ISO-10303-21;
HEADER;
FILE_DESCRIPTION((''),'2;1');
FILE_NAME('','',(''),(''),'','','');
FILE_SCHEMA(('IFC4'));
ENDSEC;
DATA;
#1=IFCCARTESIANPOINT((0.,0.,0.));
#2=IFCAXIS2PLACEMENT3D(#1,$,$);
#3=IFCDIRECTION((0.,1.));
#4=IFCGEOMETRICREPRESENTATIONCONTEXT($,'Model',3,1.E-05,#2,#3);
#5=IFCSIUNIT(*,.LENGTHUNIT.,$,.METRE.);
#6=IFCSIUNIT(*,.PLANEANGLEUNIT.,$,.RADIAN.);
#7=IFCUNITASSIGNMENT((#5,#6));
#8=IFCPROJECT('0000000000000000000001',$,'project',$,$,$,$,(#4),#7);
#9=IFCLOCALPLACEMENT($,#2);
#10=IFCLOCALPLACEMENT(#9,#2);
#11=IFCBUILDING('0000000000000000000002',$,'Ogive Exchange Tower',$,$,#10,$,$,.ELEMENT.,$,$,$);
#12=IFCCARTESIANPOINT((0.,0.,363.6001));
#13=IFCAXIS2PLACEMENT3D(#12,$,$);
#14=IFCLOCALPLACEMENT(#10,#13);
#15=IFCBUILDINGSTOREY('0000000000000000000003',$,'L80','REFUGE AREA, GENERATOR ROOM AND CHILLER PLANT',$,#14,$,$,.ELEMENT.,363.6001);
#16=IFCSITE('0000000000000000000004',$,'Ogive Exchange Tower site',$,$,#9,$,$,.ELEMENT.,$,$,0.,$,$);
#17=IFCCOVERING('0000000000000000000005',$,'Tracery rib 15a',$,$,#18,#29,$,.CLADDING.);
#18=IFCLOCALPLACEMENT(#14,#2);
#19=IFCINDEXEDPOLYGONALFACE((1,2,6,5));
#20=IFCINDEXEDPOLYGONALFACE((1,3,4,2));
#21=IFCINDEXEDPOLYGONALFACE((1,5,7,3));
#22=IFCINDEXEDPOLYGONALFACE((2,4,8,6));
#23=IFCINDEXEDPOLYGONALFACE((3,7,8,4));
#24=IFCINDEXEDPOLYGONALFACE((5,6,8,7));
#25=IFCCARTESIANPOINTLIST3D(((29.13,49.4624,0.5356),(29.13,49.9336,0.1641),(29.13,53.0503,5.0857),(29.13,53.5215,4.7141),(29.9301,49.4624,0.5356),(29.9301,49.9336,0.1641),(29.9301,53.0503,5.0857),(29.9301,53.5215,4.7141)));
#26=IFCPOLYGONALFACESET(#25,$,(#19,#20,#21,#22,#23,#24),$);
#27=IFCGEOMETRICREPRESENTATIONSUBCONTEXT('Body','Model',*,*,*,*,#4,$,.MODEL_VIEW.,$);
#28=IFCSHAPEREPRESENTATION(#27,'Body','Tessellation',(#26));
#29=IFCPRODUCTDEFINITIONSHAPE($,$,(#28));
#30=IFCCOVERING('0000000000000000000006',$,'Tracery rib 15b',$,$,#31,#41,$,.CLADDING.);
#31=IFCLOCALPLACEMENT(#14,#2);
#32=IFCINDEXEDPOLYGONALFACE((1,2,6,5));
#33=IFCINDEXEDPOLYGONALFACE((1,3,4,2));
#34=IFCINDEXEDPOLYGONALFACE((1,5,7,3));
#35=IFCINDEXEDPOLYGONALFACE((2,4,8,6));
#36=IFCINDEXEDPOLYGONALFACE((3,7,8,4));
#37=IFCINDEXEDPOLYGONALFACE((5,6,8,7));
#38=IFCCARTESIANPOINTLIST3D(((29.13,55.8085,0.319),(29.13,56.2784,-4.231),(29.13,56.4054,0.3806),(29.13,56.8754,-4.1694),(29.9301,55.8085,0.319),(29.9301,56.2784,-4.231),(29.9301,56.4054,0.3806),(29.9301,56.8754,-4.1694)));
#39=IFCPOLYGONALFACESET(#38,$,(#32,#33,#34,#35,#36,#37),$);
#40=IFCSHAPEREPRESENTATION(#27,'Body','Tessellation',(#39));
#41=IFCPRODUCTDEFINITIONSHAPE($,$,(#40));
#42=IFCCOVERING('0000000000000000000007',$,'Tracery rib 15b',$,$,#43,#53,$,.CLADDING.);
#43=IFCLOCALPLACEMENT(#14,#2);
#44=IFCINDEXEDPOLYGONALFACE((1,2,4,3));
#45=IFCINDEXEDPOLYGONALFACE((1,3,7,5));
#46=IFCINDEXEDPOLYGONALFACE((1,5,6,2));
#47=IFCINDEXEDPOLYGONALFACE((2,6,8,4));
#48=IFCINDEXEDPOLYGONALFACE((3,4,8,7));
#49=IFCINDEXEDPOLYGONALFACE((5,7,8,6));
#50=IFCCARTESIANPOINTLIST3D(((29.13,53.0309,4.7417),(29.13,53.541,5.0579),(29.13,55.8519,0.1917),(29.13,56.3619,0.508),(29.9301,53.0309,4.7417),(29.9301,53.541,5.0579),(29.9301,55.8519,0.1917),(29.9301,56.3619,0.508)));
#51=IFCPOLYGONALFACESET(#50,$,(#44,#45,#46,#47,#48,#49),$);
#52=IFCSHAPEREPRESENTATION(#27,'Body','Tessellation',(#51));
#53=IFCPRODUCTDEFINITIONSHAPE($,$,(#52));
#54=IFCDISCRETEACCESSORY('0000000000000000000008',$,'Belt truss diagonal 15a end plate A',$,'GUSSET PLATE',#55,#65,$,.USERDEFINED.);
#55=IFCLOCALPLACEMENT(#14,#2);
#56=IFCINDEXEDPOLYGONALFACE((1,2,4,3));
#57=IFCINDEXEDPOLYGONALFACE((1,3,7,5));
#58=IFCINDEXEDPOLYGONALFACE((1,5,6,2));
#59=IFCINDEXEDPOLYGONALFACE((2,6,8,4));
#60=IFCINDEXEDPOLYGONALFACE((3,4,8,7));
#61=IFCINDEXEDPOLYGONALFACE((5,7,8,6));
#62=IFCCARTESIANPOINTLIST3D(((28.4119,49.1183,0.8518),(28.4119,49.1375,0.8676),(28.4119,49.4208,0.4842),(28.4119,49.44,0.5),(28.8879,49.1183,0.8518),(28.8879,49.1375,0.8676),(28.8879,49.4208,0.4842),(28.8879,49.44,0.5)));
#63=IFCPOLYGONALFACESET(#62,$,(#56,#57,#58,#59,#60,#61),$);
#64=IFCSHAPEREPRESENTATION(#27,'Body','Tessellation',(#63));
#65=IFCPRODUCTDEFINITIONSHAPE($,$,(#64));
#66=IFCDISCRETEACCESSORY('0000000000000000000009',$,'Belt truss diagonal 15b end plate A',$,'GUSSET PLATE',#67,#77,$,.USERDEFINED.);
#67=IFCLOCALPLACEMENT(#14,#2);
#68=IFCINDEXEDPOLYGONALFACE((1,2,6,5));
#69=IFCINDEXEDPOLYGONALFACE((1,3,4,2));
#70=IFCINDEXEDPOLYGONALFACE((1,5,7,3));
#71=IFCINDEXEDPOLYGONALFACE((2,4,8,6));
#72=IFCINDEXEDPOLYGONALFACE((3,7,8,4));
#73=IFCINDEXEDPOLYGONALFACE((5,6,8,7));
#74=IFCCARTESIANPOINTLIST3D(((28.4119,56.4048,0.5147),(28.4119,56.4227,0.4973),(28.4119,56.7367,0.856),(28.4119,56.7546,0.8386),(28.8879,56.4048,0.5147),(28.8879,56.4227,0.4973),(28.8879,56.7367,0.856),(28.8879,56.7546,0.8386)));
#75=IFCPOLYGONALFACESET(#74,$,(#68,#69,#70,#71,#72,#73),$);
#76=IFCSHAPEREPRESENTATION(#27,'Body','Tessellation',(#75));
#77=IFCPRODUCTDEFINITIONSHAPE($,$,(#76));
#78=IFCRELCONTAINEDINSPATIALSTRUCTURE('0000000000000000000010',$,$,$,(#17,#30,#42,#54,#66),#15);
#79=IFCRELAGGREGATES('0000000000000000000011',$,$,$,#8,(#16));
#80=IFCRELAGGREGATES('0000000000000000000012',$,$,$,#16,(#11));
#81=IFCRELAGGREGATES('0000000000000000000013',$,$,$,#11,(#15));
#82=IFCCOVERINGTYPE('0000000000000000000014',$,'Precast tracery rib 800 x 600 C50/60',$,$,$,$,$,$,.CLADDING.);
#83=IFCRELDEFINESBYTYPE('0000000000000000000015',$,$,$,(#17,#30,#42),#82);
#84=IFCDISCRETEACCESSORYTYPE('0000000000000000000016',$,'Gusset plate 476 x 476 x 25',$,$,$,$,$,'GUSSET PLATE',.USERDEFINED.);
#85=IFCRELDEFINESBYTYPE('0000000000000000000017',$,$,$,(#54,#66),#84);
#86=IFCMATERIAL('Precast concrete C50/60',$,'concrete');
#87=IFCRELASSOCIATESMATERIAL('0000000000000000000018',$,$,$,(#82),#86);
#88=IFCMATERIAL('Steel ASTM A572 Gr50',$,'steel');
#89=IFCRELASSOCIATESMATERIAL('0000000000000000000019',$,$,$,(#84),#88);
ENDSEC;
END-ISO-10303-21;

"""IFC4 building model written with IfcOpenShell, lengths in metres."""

from ifc_helpers import new_model, si_unit, direction, frame, origin, origin_2d, place, context, subcontext, project, spatial, rectangle, extrude, material, material_profile, profile_set, type_object, element, save


model = new_model("IFC4")

# Units and contexts
model_context = context("Model", 3, precision=1e-05, world=origin(), true_north=direction((0.0, 1.0)))
body_context = subcontext(model_context, "Body", "Model", "MODEL_VIEW")
ifc_project = project(units=[si_unit("LENGTHUNIT", "METRE"), si_unit("PLANEANGLEUNIT", "RADIAN")], contexts=[model_context])

# Site, building, storey
site_placement = place(None, origin())
site = spatial("IfcSite", under=ifc_project, at=site_placement, Name="Ogive Exchange Tower site", CompositionType="ELEMENT", RefElevation=0.0)
building_placement = place(site_placement, origin())
building = spatial("IfcBuilding", under=site, at=building_placement, Name="Ogive Exchange Tower", CompositionType="ELEMENT")
storey_placement = place(building_placement, frame((0.0, 0.0, 363.6001)))
storey = spatial("IfcBuildingStorey", under=building, at=storey_placement, Name="L80", Description="REFUGE AREA, GENERATOR ROOM AND CHILLER PLANT", CompositionType="ELEMENT", Elevation=363.6001)

# Coverings
ifc_material_1 = material(Name="Precast concrete C50/60", Category="concrete")
ifc_material_profile_1 = material_profile(ifc_material_1, rectangle(XDim=0.8, YDim=0.6001, at=origin_2d()), Name="RIB 800 x 600")
ifc_profile_set_1 = profile_set([ifc_material_profile_1], Name="Precast concrete C50/60")
covering_type = type_object("IfcCoveringType", Name="Precast tracery rib 800 x 600 C50/60", PredefinedType="CLADDING", material=ifc_profile_set_1)
covering_1_placement = place(storey_placement, frame((29.53, 49.698, 0.3499), z_axis=(0.0, 0.619192, 0.78524), x_axis=(-1.0, 0.0, 0.0)))
element("IfcCovering", 1, at=covering_1_placement, inside=storey, type_object=covering_type, Name="Tracery rib 15a", PredefinedType="CLADDING", context=body_context, shape_type="SweptSolid", body=[
    extrude(rectangle(XDim=0.8, YDim=0.6001, at=origin_2d()), origin(), (0.0, 0.0, 1.0), 5.7944),
])
covering_2_placement = place(storey_placement, frame((29.53, 56.5769, -4.2002), z_axis=(0.0, -0.102743, 0.994708), x_axis=(1.0, 0.0, 0.0)))
element("IfcCovering", 2, at=covering_2_placement, inside=storey, type_object=covering_type, Name="Tracery rib 15b", PredefinedType="CLADDING", context=body_context, shape_type="SweptSolid", body=[
    extrude(rectangle(XDim=0.8, YDim=0.6001, at=origin_2d()), origin(), (0.0, 0.0, 1.0), 4.5742),
])
covering_3_placement = place(storey_placement, frame((29.53, 56.1069, 0.3499), z_axis=(0.0, -0.526942, 0.849901), x_axis=(1.0, 0.0, 0.0)))
element("IfcCovering", 3, at=covering_3_placement, inside=storey, type_object=covering_type, Name="Tracery rib 15b", PredefinedType="CLADDING", context=body_context, shape_type="SweptSolid", body=[
    extrude(rectangle(XDim=0.8, YDim=0.6001, at=origin_2d()), origin(), (0.0, 0.0, 1.0), 5.3535),
])

# Discrete accessories
ifc_material_2 = material(Name="Steel ASTM A572 Gr50", Category="steel")
ifc_material_profile_2 = material_profile(ifc_material_2, rectangle(XDim=0.4761, YDim=0.4761, at=origin_2d()), Name="PL 476 x 476 x 25")
ifc_profile_set_2 = profile_set([ifc_material_profile_2], Name="Steel ASTM A572 Gr50")
discrete_accessory_type = type_object("IfcDiscreteAccessoryType", Name="Gusset plate 476 x 476 x 25", ElementType="GUSSET PLATE", PredefinedType="USERDEFINED", material=ifc_profile_set_2)
for number, where, z_axis, x_axis, name in (
    (4, (28.6499, 49.2695, 0.668), (0.0, 0.772212, 0.635365), (-1.0, 0.0, 0.0), "Belt truss diagonal 15a end plate A"),
    (5, (28.6499, 56.5886, 0.668), (0.0, -0.716859, 0.697219), (1.0, 0.0, 0.0), "Belt truss diagonal 15b end plate A"),
):
    element("IfcDiscreteAccessory", number, at=place(storey_placement, frame(where, z_axis=z_axis, x_axis=x_axis)), inside=storey, type_object=discrete_accessory_type, Name=name, ObjectType="GUSSET PLATE", PredefinedType="USERDEFINED", context=body_context, shape_type="SweptSolid", body=[
        extrude(rectangle(XDim=0.4761, YDim=0.4761, at=origin_2d()), origin(), (0.0, 0.0, 1.0), 0.0249),
    ])

save(model, "model.ifc")
